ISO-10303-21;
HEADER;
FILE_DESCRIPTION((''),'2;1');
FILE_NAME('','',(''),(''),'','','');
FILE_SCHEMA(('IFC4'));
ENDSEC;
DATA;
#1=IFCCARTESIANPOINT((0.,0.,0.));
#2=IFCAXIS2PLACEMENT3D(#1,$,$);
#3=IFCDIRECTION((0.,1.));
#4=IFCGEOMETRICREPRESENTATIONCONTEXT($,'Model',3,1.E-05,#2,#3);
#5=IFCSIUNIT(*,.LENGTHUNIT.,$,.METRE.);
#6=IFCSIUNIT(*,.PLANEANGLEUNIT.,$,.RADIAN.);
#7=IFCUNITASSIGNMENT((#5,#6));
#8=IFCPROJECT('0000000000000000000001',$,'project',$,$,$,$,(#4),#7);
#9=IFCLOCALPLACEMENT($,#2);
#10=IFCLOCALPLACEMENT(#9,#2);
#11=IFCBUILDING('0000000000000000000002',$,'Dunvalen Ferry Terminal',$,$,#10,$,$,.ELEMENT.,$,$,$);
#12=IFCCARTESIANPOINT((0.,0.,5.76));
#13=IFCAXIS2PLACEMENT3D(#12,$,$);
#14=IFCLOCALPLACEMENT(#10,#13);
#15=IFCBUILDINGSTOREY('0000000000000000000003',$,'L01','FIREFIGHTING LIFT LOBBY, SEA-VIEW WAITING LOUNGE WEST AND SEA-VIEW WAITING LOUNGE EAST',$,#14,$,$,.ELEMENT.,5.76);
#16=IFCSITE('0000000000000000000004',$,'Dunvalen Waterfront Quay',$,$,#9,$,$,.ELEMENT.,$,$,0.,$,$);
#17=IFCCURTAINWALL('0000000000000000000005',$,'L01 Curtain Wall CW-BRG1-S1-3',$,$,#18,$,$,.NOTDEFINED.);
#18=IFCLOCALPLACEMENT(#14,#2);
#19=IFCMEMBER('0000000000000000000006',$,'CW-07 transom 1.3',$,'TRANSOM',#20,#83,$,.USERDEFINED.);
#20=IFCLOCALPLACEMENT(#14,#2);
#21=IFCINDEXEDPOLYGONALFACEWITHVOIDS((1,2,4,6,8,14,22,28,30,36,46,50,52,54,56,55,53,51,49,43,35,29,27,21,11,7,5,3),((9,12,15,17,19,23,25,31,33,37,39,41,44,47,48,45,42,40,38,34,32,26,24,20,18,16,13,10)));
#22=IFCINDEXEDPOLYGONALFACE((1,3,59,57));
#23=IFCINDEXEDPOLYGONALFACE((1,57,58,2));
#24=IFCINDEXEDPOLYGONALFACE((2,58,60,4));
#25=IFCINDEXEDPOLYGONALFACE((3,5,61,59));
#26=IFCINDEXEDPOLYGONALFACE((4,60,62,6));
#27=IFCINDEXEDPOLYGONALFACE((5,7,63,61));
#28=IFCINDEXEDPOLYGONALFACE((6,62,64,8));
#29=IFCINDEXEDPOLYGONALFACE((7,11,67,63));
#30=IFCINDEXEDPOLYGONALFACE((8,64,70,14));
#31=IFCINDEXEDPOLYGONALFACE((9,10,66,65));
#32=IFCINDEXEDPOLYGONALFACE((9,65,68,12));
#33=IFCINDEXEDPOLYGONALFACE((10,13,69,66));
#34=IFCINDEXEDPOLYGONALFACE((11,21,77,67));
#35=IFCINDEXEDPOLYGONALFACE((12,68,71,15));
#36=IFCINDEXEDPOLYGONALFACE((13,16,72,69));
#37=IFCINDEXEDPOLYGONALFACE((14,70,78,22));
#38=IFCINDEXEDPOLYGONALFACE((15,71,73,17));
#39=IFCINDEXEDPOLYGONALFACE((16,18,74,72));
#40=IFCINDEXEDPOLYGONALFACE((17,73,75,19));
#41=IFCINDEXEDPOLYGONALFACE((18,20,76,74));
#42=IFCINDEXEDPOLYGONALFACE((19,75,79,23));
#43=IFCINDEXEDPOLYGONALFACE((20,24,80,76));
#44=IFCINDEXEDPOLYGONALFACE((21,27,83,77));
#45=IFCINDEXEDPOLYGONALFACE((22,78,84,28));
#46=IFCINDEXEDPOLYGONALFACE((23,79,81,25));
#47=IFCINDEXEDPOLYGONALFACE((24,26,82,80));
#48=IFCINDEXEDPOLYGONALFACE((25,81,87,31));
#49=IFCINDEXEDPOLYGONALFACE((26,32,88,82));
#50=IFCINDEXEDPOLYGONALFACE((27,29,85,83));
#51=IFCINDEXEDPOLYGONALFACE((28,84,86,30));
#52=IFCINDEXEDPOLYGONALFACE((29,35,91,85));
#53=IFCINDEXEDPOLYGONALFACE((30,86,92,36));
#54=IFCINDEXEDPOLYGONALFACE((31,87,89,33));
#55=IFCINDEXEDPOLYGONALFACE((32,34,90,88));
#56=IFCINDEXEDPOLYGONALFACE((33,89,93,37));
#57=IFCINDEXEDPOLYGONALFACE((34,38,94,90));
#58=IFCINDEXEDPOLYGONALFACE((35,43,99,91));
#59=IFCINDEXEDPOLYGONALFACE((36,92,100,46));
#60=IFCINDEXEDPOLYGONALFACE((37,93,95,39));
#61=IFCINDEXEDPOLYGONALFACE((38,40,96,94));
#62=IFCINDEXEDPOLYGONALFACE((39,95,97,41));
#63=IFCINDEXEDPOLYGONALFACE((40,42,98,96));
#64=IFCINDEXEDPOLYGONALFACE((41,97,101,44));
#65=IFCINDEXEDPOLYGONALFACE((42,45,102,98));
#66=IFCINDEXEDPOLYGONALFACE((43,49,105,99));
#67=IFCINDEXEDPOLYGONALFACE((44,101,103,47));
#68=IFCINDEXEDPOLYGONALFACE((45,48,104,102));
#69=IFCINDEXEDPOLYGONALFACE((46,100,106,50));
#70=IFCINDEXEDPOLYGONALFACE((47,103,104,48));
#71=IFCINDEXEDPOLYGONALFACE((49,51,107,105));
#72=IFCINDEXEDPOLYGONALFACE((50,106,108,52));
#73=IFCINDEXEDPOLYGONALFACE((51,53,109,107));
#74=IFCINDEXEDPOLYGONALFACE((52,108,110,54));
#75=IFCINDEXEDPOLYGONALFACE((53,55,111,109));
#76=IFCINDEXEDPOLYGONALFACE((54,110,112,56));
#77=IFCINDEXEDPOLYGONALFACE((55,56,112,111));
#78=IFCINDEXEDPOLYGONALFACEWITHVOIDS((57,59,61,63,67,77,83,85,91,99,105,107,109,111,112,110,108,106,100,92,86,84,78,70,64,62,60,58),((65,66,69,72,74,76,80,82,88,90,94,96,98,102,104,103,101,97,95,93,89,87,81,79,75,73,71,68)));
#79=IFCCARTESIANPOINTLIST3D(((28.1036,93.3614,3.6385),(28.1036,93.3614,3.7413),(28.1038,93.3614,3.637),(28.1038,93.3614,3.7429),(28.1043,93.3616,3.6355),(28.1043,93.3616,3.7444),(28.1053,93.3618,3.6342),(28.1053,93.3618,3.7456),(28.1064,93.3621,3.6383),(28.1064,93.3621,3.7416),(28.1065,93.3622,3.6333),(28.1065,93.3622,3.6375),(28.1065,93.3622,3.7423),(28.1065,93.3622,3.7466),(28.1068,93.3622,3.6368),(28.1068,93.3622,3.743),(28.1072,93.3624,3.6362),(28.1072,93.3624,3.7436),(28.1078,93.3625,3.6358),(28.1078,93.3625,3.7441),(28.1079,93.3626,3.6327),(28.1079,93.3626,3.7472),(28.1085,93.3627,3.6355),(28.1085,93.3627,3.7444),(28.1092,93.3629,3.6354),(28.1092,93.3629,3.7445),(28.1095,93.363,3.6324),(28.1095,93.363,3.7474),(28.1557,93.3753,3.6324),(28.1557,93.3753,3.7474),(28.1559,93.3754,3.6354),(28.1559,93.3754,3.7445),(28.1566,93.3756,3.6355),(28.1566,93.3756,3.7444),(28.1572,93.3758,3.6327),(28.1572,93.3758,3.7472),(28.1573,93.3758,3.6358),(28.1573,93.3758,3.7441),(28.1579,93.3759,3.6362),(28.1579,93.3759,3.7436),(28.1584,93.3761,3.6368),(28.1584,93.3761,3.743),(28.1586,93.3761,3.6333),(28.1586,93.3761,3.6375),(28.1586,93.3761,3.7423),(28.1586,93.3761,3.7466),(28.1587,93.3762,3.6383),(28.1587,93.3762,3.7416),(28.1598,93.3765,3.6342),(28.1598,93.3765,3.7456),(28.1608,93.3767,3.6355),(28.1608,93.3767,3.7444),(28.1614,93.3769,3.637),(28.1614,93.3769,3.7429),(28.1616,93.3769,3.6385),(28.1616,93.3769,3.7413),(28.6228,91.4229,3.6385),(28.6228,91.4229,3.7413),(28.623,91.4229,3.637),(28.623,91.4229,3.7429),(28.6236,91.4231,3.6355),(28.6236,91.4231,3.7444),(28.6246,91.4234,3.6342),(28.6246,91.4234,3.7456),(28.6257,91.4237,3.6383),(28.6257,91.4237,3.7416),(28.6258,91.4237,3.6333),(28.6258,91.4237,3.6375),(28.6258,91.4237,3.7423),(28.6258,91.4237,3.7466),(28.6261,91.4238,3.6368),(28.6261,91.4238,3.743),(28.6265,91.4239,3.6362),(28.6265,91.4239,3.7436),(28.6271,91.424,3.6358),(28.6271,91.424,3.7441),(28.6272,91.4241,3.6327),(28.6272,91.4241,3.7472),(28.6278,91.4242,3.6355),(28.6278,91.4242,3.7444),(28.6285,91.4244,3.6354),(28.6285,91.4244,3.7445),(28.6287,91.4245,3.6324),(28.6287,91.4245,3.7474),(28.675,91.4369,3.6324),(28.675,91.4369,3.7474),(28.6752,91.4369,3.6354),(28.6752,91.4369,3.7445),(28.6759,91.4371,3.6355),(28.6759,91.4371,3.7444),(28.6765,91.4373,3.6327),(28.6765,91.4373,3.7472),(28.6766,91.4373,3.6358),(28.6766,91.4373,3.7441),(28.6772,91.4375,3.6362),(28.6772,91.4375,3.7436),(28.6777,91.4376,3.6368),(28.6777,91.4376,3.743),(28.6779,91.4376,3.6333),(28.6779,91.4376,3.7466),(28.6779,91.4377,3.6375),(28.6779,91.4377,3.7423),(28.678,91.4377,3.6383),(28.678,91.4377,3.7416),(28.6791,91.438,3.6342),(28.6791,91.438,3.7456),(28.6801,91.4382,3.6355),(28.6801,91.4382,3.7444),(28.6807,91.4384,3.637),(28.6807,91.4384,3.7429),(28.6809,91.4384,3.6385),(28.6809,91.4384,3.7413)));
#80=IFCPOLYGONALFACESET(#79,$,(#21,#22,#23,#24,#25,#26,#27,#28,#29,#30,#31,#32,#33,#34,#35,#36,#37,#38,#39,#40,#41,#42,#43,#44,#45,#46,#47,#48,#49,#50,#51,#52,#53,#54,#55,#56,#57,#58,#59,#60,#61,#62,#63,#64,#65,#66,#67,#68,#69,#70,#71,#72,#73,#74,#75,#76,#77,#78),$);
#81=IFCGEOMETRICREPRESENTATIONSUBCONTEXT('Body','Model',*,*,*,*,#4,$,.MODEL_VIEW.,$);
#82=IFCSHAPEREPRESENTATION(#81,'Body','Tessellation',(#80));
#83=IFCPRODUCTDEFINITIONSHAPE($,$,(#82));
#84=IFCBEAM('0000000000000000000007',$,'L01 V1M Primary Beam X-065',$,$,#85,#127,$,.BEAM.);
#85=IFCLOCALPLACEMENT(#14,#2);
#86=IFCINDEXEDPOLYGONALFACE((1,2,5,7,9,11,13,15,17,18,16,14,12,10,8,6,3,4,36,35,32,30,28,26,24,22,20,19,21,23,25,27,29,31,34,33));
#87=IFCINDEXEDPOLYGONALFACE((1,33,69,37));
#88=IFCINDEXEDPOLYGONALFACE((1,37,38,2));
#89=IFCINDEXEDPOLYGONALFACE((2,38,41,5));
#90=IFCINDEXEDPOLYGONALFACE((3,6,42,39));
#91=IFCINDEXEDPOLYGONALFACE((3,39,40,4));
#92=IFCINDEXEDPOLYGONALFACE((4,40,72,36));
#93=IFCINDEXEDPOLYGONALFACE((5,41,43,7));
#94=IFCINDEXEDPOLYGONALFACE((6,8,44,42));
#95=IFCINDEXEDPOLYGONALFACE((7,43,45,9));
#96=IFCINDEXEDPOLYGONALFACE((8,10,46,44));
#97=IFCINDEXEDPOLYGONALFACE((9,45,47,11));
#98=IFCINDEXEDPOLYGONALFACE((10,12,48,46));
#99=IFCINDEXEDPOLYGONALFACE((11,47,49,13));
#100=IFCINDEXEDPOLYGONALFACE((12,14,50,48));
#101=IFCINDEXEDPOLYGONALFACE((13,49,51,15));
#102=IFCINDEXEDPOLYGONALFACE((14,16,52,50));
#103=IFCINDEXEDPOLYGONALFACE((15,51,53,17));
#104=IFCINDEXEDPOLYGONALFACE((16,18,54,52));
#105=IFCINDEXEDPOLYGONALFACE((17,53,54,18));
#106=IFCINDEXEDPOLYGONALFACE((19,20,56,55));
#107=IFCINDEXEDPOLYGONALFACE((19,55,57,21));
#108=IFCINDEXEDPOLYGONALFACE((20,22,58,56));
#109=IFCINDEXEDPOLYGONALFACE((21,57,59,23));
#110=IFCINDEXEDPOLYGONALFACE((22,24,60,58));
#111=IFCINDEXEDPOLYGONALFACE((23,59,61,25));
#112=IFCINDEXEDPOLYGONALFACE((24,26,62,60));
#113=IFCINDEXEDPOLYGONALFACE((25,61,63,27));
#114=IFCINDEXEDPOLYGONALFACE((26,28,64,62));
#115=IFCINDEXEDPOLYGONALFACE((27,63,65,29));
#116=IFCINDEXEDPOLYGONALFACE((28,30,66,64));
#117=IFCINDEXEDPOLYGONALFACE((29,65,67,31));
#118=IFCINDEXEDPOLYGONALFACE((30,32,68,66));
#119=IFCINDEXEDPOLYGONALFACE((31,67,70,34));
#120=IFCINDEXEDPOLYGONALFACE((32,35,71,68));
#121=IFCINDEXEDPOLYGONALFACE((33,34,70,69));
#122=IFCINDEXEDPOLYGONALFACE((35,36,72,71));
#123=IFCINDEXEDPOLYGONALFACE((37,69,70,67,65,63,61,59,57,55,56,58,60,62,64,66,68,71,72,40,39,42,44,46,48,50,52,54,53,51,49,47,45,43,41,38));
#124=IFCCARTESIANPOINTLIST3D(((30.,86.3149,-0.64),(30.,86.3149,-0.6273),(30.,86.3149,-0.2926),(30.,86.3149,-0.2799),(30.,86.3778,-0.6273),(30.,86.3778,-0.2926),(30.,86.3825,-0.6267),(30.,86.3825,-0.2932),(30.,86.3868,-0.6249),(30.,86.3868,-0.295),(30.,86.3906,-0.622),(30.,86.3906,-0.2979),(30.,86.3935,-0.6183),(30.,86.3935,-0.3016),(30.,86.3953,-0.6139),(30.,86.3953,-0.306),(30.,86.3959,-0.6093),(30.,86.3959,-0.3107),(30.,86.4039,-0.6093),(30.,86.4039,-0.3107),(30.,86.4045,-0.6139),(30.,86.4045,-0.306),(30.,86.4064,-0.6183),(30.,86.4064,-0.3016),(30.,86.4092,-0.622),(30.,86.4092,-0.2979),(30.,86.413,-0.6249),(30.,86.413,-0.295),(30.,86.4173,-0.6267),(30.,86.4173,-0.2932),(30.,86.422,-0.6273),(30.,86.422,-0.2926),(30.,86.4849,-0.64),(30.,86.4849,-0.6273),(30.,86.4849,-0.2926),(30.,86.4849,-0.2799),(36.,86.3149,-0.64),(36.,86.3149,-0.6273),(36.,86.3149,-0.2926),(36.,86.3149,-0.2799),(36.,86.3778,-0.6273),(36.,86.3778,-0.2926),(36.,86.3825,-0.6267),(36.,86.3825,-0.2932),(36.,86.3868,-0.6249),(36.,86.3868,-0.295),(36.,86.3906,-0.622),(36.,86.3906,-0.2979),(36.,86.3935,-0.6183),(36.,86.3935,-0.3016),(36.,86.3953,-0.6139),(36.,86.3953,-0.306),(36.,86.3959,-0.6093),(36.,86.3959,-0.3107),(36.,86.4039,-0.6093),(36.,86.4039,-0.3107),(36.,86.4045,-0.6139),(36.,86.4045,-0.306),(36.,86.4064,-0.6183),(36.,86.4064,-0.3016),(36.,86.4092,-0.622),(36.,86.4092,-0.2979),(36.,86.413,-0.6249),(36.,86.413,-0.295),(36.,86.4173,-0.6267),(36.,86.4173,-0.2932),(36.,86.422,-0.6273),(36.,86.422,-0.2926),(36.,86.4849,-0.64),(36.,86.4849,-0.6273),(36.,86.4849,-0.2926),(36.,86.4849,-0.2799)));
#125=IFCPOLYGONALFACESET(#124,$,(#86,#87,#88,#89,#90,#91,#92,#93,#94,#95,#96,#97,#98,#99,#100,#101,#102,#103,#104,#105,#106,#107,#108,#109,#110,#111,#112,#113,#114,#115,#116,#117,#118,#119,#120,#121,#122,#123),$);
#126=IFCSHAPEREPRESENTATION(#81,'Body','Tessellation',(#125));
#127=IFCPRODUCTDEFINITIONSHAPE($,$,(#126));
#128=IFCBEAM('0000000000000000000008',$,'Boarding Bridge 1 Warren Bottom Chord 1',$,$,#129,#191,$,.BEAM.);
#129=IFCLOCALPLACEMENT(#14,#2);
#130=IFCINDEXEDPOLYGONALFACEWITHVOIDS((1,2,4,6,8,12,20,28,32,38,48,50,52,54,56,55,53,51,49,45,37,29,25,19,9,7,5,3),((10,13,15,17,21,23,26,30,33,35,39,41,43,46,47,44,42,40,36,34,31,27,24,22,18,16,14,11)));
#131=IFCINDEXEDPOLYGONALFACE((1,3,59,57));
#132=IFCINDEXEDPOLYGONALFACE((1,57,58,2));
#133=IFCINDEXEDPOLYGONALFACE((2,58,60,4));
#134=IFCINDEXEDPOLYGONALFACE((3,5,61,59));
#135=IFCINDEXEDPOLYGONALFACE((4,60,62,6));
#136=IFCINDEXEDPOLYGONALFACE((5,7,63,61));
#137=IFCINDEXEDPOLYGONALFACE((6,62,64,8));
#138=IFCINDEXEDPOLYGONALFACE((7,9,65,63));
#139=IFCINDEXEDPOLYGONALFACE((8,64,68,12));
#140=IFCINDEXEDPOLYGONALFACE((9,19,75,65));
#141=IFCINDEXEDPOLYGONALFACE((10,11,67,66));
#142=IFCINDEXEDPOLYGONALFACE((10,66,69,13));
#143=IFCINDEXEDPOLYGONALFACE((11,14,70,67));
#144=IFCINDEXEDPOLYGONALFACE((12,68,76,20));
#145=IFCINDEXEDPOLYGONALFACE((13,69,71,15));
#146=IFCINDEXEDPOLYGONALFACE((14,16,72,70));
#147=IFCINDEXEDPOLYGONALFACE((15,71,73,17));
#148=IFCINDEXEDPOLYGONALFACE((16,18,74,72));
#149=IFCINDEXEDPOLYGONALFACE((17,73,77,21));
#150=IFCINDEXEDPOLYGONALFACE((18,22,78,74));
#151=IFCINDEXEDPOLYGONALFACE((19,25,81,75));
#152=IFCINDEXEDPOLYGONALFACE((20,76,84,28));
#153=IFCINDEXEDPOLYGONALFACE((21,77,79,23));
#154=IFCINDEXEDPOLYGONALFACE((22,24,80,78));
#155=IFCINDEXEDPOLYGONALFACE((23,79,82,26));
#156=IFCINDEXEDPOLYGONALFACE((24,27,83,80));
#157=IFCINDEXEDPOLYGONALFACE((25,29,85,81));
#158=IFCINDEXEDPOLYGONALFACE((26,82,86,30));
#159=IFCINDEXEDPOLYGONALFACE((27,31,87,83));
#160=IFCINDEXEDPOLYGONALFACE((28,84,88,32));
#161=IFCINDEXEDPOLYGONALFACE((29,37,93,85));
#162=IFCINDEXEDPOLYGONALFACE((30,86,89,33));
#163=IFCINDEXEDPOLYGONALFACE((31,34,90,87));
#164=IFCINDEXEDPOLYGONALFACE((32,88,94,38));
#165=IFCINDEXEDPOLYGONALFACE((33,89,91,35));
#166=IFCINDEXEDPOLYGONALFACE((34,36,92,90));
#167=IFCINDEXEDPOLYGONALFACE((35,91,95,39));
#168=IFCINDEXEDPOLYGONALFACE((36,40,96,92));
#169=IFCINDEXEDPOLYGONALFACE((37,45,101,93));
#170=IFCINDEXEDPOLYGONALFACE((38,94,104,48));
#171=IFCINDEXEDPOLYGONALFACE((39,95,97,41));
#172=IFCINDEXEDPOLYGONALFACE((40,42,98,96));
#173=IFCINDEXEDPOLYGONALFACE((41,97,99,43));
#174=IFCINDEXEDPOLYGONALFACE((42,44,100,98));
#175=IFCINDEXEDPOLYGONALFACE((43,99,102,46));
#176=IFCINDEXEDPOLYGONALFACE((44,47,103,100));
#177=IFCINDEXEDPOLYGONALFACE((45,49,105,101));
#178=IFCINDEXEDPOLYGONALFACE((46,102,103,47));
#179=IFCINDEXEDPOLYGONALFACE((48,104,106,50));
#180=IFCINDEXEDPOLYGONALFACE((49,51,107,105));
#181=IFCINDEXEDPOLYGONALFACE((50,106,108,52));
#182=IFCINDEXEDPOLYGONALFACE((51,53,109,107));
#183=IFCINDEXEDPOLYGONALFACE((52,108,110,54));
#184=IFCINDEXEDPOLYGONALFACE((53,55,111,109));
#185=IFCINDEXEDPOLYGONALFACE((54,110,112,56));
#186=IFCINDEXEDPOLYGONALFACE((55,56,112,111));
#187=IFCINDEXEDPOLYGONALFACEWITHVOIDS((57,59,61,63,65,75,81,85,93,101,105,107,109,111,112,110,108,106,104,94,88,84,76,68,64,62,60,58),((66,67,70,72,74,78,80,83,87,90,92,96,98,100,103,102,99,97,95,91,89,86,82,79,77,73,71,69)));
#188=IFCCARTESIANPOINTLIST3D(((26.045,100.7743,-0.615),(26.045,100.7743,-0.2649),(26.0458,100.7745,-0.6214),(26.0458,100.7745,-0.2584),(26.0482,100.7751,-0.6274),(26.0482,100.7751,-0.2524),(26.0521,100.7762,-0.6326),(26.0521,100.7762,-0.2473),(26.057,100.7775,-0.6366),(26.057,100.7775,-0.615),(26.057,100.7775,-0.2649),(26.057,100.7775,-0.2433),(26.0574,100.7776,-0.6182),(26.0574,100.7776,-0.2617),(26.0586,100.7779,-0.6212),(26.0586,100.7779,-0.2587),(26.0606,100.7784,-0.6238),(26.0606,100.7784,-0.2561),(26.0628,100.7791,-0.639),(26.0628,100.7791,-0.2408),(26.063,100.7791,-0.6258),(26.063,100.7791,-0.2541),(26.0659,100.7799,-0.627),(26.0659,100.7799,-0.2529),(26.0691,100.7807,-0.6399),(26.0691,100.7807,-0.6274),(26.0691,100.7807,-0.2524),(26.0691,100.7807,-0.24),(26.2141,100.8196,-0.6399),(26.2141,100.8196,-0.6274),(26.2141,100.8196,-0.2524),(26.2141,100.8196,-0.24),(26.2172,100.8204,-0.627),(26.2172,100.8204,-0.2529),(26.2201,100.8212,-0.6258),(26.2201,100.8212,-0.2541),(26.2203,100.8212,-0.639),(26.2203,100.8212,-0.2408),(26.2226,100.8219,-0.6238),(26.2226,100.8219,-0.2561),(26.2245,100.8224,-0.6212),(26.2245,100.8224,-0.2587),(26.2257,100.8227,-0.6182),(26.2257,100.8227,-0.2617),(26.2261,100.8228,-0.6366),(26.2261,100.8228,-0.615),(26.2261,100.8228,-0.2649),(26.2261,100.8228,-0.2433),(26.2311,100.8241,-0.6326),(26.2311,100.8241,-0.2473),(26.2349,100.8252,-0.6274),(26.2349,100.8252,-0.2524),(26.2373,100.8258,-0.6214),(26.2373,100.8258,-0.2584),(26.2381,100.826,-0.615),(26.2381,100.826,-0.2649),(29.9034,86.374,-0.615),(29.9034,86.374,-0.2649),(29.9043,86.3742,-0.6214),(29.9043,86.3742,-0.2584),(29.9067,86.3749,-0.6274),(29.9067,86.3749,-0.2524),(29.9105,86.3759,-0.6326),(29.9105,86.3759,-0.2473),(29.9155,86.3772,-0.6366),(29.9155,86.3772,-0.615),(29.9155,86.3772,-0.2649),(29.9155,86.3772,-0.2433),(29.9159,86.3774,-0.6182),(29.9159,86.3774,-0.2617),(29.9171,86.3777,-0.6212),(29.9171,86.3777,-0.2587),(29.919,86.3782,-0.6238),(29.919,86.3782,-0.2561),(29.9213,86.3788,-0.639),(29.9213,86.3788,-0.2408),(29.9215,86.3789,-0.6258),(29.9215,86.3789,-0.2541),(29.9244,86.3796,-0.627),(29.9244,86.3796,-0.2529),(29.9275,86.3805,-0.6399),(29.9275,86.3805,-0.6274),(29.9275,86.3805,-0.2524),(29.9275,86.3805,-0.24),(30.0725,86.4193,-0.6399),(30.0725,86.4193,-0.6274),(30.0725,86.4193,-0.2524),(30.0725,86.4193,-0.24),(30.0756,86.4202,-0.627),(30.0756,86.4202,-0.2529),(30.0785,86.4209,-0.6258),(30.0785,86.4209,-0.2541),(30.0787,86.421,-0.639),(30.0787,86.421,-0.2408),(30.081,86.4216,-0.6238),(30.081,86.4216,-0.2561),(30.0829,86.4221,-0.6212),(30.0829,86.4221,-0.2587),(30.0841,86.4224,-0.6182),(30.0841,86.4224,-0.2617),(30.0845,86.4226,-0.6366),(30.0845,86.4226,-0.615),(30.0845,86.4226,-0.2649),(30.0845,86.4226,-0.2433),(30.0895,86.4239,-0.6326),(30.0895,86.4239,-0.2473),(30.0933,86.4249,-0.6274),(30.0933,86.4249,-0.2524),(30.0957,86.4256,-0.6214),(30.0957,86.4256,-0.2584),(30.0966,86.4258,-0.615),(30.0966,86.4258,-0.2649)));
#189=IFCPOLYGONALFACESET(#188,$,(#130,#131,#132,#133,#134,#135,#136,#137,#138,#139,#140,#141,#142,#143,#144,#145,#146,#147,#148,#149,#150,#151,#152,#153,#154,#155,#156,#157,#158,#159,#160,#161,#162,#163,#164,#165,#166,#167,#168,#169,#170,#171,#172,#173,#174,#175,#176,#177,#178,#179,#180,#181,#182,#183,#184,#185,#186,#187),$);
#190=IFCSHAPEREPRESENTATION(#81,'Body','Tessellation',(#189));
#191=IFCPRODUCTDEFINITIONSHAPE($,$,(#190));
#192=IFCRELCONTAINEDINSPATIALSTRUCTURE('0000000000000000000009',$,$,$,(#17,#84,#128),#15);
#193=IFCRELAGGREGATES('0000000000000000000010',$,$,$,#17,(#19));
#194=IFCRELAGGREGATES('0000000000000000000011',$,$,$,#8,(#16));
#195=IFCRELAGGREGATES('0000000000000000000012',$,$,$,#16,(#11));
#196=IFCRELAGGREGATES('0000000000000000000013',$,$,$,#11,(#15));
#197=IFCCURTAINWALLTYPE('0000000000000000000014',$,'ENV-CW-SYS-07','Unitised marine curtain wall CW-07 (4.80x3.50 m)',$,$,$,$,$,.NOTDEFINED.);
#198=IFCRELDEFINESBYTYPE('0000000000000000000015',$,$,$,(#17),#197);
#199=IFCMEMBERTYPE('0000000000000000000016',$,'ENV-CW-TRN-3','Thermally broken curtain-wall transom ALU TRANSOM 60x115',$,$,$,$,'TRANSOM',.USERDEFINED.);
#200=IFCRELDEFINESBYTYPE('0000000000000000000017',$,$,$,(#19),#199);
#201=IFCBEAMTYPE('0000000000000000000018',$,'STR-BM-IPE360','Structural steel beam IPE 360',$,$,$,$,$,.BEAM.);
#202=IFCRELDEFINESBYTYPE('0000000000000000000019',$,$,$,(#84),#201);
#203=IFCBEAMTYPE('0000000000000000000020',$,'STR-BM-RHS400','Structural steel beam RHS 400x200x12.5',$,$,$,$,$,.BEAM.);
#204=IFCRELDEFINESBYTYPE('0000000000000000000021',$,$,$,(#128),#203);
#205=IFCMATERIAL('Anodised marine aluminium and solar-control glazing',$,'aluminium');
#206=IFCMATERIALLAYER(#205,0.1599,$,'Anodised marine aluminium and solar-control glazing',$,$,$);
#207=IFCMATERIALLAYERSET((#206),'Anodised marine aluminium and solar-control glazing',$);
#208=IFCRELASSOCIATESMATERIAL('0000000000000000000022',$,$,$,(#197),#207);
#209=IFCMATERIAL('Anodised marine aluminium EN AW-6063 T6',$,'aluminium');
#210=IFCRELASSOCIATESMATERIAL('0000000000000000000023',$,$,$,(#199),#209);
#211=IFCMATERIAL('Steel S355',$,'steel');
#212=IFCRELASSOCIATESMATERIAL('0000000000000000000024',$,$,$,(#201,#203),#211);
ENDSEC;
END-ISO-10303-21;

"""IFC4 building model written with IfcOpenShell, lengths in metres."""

from ifc_helpers import new_model, si_unit, direction, frame, origin, origin_2d, place, context, subcontext, project, spatial, hollow_rectangle, i_section, extrude, material, layer, layer_set, material_profile, profile_set, type_object, element, aggregate, save


model = new_model("IFC4")

# Units and contexts
model_context = context("Model", 3, precision=1e-05, world=origin(), true_north=direction((0.0, 1.0)))
body_context = subcontext(model_context, "Body", "Model", "MODEL_VIEW")
ifc_project = project(units=[si_unit("LENGTHUNIT", "METRE"), si_unit("PLANEANGLEUNIT", "RADIAN")], contexts=[model_context])

# Site, building, storey
site_placement = place(None, origin())
site = spatial("IfcSite", under=ifc_project, at=site_placement, Name="Dunvalen Waterfront Quay", CompositionType="ELEMENT", RefElevation=0.0)
building_placement = place(site_placement, origin())
building = spatial("IfcBuilding", under=site, at=building_placement, Name="Dunvalen Ferry Terminal", CompositionType="ELEMENT")
storey_placement = place(building_placement, frame((0.0, 0.0, 5.76)))
storey = spatial("IfcBuildingStorey", under=building, at=storey_placement, Name="L01", Description="FIREFIGHTING LIFT LOBBY, SEA-VIEW WAITING LOUNGE WEST AND SEA-VIEW WAITING LOUNGE EAST", CompositionType="ELEMENT", Elevation=5.76)

# Shared definitions
ifc_material_1 = material(Name="Anodised marine aluminium and solar-control glazing", Category="aluminium")
ifc_material_2 = material(Name="Anodised marine aluminium EN AW-6063 T6", Category="aluminium")

# Shared definitions
ifc_layer_1 = layer(ifc_material_1, 0.1599, Name="Anodised marine aluminium and solar-control glazing")
ifc_layer_set_1 = layer_set([ifc_layer_1], Name="Anodised marine aluminium and solar-control glazing")
curtain_wall_type_1 = type_object("IfcCurtainWallType", Name="ENV-CW-SYS-07", Description="Unitised marine curtain wall CW-07 (4.80x3.50 m)", PredefinedType="NOTDEFINED", material=ifc_layer_set_1)

# Curtain wall
curtain_wall_1_placement = place(storey_placement, origin())
curtain_wall_1 = element("IfcCurtainWall", 1, at=curtain_wall_1_placement, inside=storey, type_object=curtain_wall_type_1, Name="L01 Curtain Wall CW-BRG1-S1-3", PredefinedType="NOTDEFINED")

# Member
ifc_material_profile_1 = material_profile(ifc_material_2, hollow_rectangle(XDim=0.0601, YDim=0.115, WallThickness=0.0029, InnerFilletRadius=0.0029, OuterFilletRadius=0.0061, at=origin_2d()), Name="Anodised marine aluminium EN AW-6063 T6")
ifc_profile_set_1 = profile_set([ifc_material_profile_1], Name="Anodised marine aluminium EN AW-6063 T6")
member_type_1 = type_object("IfcMemberType", Name="ENV-CW-TRN-3", Description="Thermally broken curtain-wall transom ALU TRANSOM 60x115", ElementType="TRANSOM", PredefinedType="USERDEFINED", material=ifc_profile_set_1)
member_1_placement = place(storey_placement, frame((28.6519, 91.4307, 3.6899), z_axis=(-0.25876, 0.965942, 0.0), x_axis=(-0.965942, -0.25876, 0.0)))
member_1 = element("IfcMember", 2, at=member_1_placement, type_object=member_type_1, Name="CW-07 transom 1.3", ObjectType="TRANSOM", PredefinedType="USERDEFINED", context=body_context, shape_type="SweptSolid", body=[
    extrude(hollow_rectangle(XDim=0.0601, YDim=0.115, WallThickness=0.0029, InnerFilletRadius=0.0029, OuterFilletRadius=0.0061, at=origin_2d()), origin(), (0.0, 0.0, 1.0), 2.0068),
])

# Beams
ifc_material_3 = material(Name="Steel S355", Category="steel")
ifc_material_profile_2 = material_profile(ifc_material_3, i_section(OverallWidth=0.1699, OverallDepth=0.3601, WebThickness=0.0081, FlangeThickness=0.0127, FilletRadius=0.0181, at=origin_2d()), Name="Steel S355")
ifc_profile_set_2 = profile_set([ifc_material_profile_2], Name="Steel S355")
beam_type_1 = type_object("IfcBeamType", Name="STR-BM-IPE360", Description="Structural steel beam IPE 360", PredefinedType="BEAM", material=ifc_profile_set_2)
beam_1_placement = place(storey_placement, frame((30.0, 86.3999, -0.46), z_axis=(1.0, 0.0, 0.0), x_axis=(0.0, 1.0, 0.0)))
element("IfcBeam", 3, at=beam_1_placement, inside=storey, type_object=beam_type_1, Name="L01 V1M Primary Beam X-065", PredefinedType="BEAM", context=body_context, shape_type="SweptSolid", body=[
    extrude(i_section(OverallWidth=0.1699, OverallDepth=0.3601, WebThickness=0.0081, FlangeThickness=0.0127, FilletRadius=0.0181, at=origin_2d()), origin(), (0.0, 0.0, 1.0), 6.0),
])
ifc_material_profile_3 = material_profile(ifc_material_3, hollow_rectangle(XDim=0.2, YDim=0.3999, WallThickness=0.0125, InnerFilletRadius=0.0125, OuterFilletRadius=0.0249, at=origin_2d()), Name="Steel S355")
ifc_profile_set_3 = profile_set([ifc_material_profile_3], Name="Steel S355")
beam_type_2 = type_object("IfcBeamType", Name="STR-BM-RHS400", Description="Structural steel beam RHS 400x200x12.5", PredefinedType="BEAM", material=ifc_profile_set_3)
beam_2_placement = place(storey_placement, frame((30.0, 86.3999, -0.4399), z_axis=(-0.258812, 0.965928, 0.0), x_axis=(-0.965928, -0.258812, 0.0)))
element("IfcBeam", 4, at=beam_2_placement, inside=storey, type_object=beam_type_2, Name="Boarding Bridge 1 Warren Bottom Chord 1", PredefinedType="BEAM", context=body_context, shape_type="SweptSolid", body=[
    extrude(hollow_rectangle(XDim=0.2, YDim=0.3999, WallThickness=0.0125, InnerFilletRadius=0.0125, OuterFilletRadius=0.0249, at=origin_2d()), origin(), (0.0, 0.0, 1.0), 14.9082),
])

aggregate(curtain_wall_1, [member_1])

save(model, "model.ifc")
